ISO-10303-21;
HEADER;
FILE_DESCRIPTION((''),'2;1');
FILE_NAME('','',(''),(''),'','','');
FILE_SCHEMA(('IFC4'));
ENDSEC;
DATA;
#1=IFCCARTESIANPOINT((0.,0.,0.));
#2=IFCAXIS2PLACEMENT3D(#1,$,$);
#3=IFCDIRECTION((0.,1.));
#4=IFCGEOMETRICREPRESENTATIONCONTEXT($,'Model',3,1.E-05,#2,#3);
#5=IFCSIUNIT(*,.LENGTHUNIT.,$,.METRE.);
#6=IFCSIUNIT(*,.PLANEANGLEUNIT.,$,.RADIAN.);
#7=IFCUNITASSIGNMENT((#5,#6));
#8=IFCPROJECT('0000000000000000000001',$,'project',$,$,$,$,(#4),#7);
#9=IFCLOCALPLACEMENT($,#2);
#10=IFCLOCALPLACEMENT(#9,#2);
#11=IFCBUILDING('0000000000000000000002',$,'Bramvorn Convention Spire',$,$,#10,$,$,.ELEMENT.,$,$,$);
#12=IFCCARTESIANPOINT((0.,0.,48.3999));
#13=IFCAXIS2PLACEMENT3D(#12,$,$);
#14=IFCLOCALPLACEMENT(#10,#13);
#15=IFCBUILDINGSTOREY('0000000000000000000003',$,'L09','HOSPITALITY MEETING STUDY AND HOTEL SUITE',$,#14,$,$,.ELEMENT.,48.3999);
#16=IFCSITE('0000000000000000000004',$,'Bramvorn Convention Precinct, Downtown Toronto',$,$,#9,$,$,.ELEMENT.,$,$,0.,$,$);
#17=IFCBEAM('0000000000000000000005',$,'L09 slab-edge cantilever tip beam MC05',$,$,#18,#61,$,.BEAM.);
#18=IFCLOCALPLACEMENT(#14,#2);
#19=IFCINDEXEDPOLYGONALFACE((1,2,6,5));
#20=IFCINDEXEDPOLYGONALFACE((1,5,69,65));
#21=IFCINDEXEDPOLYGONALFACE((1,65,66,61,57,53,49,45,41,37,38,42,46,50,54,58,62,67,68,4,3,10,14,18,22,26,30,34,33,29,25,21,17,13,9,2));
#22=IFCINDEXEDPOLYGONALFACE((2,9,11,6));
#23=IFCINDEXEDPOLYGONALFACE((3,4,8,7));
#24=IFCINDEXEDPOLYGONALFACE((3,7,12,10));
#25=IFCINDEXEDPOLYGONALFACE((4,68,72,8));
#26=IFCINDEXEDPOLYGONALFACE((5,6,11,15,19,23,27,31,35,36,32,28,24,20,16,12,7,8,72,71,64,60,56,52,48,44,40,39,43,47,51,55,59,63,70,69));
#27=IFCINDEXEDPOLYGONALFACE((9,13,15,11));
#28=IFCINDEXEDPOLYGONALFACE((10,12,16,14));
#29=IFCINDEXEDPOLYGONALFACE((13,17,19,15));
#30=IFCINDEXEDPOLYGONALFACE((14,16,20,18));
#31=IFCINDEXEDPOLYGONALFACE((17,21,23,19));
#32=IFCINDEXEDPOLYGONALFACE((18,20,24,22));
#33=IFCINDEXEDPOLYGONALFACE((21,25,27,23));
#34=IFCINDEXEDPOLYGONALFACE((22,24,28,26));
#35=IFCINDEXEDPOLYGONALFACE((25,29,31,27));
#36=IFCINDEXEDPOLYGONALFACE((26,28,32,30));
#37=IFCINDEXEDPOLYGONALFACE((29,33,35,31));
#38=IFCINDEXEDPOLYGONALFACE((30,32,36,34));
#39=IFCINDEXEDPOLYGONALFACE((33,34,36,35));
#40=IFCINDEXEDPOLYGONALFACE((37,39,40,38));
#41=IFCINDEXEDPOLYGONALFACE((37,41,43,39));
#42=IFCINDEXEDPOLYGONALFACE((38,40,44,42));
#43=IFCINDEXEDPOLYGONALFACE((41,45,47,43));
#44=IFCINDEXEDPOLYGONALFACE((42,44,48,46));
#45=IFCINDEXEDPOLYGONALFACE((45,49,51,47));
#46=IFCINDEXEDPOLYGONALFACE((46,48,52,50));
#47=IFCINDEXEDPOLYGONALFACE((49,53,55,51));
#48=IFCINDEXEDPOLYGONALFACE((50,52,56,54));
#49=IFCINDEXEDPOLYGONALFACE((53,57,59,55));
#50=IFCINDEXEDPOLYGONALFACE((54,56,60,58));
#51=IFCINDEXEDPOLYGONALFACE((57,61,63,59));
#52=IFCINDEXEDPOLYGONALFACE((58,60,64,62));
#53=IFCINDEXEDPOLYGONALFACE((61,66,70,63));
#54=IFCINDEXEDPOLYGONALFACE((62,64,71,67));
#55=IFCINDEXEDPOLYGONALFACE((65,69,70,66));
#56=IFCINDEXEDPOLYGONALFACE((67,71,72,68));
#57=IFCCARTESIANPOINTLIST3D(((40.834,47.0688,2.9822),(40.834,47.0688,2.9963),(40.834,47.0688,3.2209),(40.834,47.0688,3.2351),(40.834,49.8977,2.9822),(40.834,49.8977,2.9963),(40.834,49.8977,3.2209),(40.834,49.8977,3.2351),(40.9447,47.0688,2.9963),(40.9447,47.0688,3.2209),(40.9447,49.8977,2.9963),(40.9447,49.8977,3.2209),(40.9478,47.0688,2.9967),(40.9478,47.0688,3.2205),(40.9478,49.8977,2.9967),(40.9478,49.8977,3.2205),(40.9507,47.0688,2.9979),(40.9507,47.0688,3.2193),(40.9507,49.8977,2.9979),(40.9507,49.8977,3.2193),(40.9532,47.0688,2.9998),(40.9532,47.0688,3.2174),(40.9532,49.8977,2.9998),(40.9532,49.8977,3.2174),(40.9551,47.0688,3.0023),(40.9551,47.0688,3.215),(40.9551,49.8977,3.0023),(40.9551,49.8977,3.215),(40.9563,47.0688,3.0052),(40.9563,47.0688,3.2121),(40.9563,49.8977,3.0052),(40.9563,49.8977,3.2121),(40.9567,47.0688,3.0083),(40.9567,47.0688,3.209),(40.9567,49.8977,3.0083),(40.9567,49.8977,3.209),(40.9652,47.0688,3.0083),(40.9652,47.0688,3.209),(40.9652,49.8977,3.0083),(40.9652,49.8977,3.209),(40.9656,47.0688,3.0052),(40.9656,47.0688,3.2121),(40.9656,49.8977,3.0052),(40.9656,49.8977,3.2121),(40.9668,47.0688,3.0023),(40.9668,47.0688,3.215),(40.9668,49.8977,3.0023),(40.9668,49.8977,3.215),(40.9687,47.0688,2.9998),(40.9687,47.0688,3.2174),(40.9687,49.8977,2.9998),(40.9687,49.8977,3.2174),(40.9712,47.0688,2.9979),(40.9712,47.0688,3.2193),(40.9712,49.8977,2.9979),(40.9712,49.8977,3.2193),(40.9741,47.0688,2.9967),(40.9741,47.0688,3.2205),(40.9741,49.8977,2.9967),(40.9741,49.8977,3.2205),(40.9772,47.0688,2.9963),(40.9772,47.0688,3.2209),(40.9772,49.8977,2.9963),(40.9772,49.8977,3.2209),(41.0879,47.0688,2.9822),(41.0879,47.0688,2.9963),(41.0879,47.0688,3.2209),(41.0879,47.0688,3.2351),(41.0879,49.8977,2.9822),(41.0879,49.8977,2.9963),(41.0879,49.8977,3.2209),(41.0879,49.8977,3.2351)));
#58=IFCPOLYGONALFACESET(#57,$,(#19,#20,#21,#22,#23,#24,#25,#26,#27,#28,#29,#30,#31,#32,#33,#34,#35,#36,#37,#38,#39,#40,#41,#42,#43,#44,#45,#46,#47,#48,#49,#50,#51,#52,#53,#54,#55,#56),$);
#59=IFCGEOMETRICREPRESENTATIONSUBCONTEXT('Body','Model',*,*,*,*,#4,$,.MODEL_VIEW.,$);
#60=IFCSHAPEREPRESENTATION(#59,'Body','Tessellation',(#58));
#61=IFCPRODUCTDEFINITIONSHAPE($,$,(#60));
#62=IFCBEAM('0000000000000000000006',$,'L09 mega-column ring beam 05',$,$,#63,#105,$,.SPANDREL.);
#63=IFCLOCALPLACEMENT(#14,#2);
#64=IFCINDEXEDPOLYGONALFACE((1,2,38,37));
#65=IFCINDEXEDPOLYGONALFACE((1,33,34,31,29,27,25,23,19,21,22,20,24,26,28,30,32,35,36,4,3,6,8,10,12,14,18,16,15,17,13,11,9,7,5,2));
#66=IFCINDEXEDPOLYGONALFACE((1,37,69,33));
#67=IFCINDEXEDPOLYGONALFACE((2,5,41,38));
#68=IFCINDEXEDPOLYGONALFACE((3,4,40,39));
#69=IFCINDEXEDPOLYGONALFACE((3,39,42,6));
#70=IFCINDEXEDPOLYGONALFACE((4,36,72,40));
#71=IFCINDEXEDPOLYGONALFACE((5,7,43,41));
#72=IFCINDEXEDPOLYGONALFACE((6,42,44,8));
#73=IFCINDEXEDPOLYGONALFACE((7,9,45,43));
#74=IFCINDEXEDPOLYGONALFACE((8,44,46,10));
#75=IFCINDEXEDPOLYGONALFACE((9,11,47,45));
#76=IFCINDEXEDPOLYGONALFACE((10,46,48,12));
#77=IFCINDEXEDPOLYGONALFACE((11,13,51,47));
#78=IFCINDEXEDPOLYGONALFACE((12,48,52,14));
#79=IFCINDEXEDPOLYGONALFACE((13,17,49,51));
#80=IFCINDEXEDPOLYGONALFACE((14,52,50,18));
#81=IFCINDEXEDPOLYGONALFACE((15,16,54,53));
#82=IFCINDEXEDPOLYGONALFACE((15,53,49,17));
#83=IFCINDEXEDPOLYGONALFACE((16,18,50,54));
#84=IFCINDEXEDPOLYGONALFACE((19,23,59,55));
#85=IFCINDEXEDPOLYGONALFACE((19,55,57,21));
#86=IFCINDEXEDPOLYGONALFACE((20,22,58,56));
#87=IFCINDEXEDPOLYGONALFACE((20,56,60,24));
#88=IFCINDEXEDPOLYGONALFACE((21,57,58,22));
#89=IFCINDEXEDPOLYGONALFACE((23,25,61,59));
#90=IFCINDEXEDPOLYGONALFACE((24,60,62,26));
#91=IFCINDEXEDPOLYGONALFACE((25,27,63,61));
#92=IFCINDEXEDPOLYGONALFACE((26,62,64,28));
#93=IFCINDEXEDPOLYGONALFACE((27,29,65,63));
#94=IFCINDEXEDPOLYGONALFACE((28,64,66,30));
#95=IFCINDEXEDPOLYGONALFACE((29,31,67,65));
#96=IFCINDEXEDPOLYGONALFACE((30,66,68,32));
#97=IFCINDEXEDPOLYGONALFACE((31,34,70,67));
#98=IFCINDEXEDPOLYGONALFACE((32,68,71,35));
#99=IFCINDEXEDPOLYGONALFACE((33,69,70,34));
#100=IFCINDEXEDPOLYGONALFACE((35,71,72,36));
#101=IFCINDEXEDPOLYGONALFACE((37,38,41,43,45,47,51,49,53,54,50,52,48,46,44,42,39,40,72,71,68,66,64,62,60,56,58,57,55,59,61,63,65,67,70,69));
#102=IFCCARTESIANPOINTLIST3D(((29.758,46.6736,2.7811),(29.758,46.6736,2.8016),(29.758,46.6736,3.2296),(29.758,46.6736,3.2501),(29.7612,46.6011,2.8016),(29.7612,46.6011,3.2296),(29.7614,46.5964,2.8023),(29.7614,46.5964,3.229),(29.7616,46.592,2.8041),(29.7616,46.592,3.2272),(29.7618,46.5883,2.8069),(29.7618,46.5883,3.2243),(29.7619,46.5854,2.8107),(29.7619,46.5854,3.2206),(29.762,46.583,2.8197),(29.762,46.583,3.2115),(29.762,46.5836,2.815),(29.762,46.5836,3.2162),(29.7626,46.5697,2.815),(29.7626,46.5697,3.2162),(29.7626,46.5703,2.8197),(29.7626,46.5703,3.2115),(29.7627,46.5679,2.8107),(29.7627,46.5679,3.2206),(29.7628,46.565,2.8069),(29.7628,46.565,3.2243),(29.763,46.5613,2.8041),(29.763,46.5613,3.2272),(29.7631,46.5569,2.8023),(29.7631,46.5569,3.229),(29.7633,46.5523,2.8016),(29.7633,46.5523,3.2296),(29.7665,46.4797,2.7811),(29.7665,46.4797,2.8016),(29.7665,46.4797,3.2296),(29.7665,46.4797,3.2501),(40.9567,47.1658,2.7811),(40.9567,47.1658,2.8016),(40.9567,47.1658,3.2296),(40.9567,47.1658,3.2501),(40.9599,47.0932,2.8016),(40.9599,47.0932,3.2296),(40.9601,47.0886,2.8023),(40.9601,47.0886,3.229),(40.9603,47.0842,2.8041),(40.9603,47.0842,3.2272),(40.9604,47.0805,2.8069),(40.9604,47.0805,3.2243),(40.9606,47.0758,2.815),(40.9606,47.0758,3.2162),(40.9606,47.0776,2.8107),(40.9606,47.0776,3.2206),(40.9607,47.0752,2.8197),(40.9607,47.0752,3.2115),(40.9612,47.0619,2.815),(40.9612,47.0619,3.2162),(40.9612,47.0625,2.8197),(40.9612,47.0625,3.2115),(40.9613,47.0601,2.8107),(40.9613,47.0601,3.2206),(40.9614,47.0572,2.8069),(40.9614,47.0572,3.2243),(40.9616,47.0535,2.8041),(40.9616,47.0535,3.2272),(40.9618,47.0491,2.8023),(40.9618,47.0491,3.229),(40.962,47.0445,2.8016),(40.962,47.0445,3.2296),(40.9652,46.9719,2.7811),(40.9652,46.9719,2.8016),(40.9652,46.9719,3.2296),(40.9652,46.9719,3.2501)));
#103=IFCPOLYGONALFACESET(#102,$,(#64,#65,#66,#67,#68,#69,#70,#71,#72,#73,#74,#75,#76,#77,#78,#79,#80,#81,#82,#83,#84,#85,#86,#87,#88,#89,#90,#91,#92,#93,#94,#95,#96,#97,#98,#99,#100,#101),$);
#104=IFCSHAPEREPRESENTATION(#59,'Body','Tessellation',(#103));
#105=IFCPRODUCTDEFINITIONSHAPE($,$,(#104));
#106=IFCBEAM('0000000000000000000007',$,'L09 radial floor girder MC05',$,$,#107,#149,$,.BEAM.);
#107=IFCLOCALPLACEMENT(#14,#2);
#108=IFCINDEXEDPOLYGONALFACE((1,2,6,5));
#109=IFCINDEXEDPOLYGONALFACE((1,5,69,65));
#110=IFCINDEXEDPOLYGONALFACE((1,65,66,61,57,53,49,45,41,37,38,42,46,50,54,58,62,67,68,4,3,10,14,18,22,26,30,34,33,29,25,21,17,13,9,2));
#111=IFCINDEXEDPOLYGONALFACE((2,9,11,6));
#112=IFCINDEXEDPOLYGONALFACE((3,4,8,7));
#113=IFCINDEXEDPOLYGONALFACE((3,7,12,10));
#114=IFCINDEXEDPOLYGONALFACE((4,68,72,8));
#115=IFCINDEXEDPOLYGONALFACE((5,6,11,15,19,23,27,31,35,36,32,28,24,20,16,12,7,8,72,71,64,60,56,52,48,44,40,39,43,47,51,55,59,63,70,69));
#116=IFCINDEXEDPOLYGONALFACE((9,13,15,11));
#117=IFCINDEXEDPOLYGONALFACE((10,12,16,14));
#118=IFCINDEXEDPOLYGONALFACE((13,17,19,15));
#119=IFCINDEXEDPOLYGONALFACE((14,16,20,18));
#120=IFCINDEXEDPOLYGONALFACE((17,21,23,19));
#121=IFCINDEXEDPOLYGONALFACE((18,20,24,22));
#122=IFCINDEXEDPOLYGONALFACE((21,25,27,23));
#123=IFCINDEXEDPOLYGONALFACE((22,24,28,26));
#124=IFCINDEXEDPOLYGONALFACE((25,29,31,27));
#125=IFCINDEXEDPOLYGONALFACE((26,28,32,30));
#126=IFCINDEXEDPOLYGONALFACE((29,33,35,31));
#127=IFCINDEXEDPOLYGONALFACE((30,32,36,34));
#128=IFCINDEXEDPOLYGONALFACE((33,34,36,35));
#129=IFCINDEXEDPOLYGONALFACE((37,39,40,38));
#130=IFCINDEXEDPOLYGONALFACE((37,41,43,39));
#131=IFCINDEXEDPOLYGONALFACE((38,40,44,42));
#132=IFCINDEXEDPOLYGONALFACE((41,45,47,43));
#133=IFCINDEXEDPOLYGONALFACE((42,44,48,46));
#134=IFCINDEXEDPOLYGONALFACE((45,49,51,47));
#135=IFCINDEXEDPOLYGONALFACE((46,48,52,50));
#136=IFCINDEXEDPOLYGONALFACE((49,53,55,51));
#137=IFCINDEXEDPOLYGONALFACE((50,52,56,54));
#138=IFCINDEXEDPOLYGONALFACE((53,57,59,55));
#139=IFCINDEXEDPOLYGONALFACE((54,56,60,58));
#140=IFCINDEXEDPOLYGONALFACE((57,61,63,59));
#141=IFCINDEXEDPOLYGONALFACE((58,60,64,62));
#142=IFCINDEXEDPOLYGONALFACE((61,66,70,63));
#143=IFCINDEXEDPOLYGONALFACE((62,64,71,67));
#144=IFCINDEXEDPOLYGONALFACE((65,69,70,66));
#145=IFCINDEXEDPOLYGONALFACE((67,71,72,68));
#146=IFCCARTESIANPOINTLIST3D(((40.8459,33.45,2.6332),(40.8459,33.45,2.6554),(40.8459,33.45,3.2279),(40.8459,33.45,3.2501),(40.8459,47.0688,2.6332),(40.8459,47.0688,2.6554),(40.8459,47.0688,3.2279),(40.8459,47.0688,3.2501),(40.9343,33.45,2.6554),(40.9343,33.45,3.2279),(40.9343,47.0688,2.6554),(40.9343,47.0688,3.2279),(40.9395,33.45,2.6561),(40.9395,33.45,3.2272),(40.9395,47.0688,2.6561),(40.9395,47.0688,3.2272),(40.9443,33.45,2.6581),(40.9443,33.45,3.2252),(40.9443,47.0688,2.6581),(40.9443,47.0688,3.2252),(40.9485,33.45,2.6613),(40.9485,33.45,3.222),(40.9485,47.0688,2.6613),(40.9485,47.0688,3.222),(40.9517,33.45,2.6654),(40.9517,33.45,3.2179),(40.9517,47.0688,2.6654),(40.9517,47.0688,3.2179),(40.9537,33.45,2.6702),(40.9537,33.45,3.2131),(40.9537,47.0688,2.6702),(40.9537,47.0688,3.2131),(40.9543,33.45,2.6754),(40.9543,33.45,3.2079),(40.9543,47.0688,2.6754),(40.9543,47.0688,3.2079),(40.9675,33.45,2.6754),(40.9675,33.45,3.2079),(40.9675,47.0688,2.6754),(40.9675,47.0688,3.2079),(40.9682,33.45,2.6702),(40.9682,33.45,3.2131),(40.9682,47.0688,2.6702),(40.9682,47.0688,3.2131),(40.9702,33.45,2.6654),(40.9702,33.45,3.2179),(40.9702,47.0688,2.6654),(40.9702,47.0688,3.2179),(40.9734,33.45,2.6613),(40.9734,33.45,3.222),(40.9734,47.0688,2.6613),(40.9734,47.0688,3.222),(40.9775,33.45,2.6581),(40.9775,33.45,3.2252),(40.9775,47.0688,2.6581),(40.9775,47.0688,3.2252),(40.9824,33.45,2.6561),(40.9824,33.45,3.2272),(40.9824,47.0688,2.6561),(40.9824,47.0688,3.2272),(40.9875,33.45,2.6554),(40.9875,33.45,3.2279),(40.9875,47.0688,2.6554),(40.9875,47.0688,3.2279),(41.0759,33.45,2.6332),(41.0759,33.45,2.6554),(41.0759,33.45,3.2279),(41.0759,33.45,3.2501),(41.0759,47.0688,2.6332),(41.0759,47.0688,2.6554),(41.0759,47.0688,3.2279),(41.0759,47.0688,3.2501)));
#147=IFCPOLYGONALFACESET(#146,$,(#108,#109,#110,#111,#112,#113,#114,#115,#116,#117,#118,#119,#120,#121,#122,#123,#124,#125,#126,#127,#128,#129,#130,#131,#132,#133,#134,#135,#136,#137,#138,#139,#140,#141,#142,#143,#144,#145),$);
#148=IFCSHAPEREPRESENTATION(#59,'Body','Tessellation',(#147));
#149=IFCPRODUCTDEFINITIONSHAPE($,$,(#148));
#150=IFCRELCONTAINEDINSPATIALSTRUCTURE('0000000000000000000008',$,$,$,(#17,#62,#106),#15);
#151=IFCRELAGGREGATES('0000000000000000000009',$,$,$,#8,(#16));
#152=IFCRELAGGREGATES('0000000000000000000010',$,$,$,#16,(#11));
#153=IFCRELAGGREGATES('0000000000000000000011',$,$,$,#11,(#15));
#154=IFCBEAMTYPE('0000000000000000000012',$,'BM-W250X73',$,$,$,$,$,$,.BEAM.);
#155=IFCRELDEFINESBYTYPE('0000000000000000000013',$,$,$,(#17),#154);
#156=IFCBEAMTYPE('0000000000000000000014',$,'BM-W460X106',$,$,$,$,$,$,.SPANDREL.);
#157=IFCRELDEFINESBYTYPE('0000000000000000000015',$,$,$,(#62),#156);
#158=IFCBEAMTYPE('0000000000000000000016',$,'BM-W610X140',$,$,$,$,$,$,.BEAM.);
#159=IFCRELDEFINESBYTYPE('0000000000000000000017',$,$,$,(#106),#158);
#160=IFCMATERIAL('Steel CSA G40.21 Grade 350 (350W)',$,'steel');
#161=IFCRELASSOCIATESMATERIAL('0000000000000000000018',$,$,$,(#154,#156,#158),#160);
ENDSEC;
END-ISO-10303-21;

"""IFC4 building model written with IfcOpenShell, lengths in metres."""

from ifc_helpers import new_model, si_unit, direction, frame, origin, origin_2d, place, context, subcontext, project, spatial, i_section, extrude, material, material_profile, profile_set, type_object, element, save


model = new_model("IFC4")

# Units and contexts
model_context = context("Model", 3, precision=1e-05, world=origin(), true_north=direction((0.0, 1.0)))
body_context = subcontext(model_context, "Body", "Model", "MODEL_VIEW")
ifc_project = project(units=[si_unit("LENGTHUNIT", "METRE"), si_unit("PLANEANGLEUNIT", "RADIAN")], contexts=[model_context])

# Site, building, storey
site_placement = place(None, origin())
site = spatial("IfcSite", under=ifc_project, at=site_placement, Name="Bramvorn Convention Precinct, Downtown Toronto", CompositionType="ELEMENT", RefElevation=0.0)
building_placement = place(site_placement, origin())
building = spatial("IfcBuilding", under=site, at=building_placement, Name="Bramvorn Convention Spire", CompositionType="ELEMENT")
storey_placement = place(building_placement, frame((0.0, 0.0, 48.3999)))
storey = spatial("IfcBuildingStorey", under=building, at=storey_placement, Name="L09", Description="HOSPITALITY MEETING STUDY AND HOTEL SUITE", CompositionType="ELEMENT", Elevation=48.3999)

# Shared definitions
ifc_material_1 = material(Name="Steel CSA G40.21 Grade 350 (350W)", Category="steel")

# Beams
ifc_material_profile_1 = material_profile(ifc_material_1, i_section(OverallWidth=0.2539, OverallDepth=0.2529, WebThickness=0.0085, FlangeThickness=0.0142, FilletRadius=0.012, at=origin_2d()))
ifc_profile_set_1 = profile_set([ifc_material_profile_1], Name="Steel CSA G40.21 Grade 350 (350W) - W250X73")
beam_type_1 = type_object("IfcBeamType", Name="BM-W250X73", PredefinedType="BEAM", material=ifc_profile_set_1)
beam_1_placement = place(storey_placement, frame((40.9609, 47.0688, 3.1086), z_axis=(0.0, 1.0, 0.0), x_axis=(-1.0, 0.0, 0.0)))
element("IfcBeam", 1, at=beam_1_placement, inside=storey, type_object=beam_type_1, Name="L09 slab-edge cantilever tip beam MC05", PredefinedType="BEAM", context=body_context, shape_type="SweptSolid", body=[
    extrude(i_section(OverallWidth=0.2539, OverallDepth=0.2529, WebThickness=0.0085, FlangeThickness=0.0142, FilletRadius=0.012, at=origin_2d()), origin(), (0.0, 0.0, 1.0), 2.8289),
])
ifc_material_profile_2 = material_profile(ifc_material_1, i_section(OverallWidth=0.1941, OverallDepth=0.469, WebThickness=0.0127, FlangeThickness=0.0205, FilletRadius=0.0181, at=origin_2d()))
ifc_profile_set_2 = profile_set([ifc_material_profile_2], Name="Steel CSA G40.21 Grade 350 (350W) - W460X106")
beam_type_2 = type_object("IfcBeamType", Name="BM-W460X106", PredefinedType="SPANDREL", material=ifc_profile_set_2)
beam_2_placement = place(storey_placement, frame((40.9609, 47.0688, 3.0156), z_axis=(-0.999036, -0.043908, 0.0), x_axis=(0.043908, -0.999036, 0.0)))
element("IfcBeam", 2, at=beam_2_placement, inside=storey, type_object=beam_type_2, Name="L09 mega-column ring beam 05", PredefinedType="SPANDREL", context=body_context, shape_type="SweptSolid", body=[
    extrude(i_section(OverallWidth=0.1941, OverallDepth=0.469, WebThickness=0.0127, FlangeThickness=0.0205, FilletRadius=0.0181, at=origin_2d()), origin(), (0.0, 0.0, 1.0), 11.2095),
])
ifc_material_profile_3 = material_profile(ifc_material_1, i_section(OverallWidth=0.23, OverallDepth=0.6169, WebThickness=0.0132, FlangeThickness=0.0222, FilletRadius=0.02, at=origin_2d()))
ifc_profile_set_3 = profile_set([ifc_material_profile_3], Name="Steel CSA G40.21 Grade 350 (350W) - W610X140")
beam_type_3 = type_object("IfcBeamType", Name="BM-W610X140", PredefinedType="BEAM", material=ifc_profile_set_3)
beam_3_placement = place(storey_placement, frame((40.9609, 33.45, 2.9417), z_axis=(0.0, 1.0, 0.0), x_axis=(-1.0, 0.0, 0.0)))
element("IfcBeam", 3, at=beam_3_placement, inside=storey, type_object=beam_type_3, Name="L09 radial floor girder MC05", PredefinedType="BEAM", context=body_context, shape_type="SweptSolid", body=[
    extrude(i_section(OverallWidth=0.23, OverallDepth=0.6169, WebThickness=0.0132, FlangeThickness=0.0222, FilletRadius=0.02, at=origin_2d()), origin(), (0.0, 0.0, 1.0), 13.6189),
])

save(model, "model.ifc")
